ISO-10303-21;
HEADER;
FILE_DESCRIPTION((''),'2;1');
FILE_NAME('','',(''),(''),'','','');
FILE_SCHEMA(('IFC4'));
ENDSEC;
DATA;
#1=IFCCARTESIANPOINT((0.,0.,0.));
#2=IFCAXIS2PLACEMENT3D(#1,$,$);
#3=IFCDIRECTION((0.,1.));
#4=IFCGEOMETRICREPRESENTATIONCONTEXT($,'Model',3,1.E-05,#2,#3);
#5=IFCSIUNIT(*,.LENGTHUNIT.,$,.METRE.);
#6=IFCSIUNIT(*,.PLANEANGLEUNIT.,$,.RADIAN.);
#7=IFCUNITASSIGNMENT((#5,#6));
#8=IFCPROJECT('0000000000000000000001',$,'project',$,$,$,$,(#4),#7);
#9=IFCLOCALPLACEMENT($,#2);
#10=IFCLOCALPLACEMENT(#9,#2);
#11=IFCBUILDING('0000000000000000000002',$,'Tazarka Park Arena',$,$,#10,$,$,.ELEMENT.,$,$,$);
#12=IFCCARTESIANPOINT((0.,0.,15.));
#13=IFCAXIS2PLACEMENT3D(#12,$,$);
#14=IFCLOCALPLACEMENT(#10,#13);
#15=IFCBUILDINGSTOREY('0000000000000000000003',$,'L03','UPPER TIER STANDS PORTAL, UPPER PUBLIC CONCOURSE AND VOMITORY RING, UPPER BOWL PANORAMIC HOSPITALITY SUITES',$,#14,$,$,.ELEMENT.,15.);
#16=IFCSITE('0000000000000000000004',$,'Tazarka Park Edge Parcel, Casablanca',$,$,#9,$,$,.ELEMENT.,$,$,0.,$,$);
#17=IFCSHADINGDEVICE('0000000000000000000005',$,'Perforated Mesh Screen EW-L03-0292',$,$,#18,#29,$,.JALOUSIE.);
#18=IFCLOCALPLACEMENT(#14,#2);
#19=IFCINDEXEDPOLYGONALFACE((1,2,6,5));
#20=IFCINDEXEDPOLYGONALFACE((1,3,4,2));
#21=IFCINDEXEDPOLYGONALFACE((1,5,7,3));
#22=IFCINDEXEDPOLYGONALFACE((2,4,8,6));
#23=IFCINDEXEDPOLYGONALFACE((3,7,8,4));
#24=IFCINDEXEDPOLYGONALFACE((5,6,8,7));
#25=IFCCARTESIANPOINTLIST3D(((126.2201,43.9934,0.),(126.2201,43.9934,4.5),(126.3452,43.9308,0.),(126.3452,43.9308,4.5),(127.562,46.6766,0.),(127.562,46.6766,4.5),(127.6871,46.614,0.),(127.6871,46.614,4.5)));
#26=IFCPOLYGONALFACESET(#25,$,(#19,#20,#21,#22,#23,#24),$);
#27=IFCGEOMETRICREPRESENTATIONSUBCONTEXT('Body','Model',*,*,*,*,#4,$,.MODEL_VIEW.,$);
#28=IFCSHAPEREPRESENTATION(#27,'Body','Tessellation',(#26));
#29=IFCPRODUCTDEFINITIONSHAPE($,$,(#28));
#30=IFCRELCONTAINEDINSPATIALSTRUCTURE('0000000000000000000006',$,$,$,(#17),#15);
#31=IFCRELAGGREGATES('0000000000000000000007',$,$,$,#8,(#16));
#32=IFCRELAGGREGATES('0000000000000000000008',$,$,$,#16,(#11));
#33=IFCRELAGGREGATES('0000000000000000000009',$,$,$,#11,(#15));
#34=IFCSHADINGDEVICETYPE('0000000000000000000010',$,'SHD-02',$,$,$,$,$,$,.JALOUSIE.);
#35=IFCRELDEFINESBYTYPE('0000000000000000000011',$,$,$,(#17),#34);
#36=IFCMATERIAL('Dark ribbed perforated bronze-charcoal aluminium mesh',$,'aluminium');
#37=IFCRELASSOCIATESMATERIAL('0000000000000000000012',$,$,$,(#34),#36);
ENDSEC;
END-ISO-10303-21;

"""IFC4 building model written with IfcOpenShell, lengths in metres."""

from ifc_helpers import new_model, si_unit, direction, frame, origin, origin_2d, place, context, subcontext, project, spatial, rectangle, extrude, material, type_object, element, save


model = new_model("IFC4")

# Units and contexts
model_context = context("Model", 3, precision=1e-05, world=origin(), true_north=direction((0.0, 1.0)))
body_context = subcontext(model_context, "Body", "Model", "MODEL_VIEW")
ifc_project = project(units=[si_unit("LENGTHUNIT", "METRE"), si_unit("PLANEANGLEUNIT", "RADIAN")], contexts=[model_context])

# Site, building, storey
site_placement = place(None, origin())
site = spatial("IfcSite", under=ifc_project, at=site_placement, Name="Tazarka Park Edge Parcel, Casablanca", CompositionType="ELEMENT", RefElevation=0.0)
building_placement = place(site_placement, origin())
building = spatial("IfcBuilding", under=site, at=building_placement, Name="Tazarka Park Arena", CompositionType="ELEMENT")
storey_placement = place(building_placement, frame((0.0, 0.0, 15.0)))
storey = spatial("IfcBuildingStorey", under=building, at=storey_placement, Name="L03", Description="UPPER TIER STANDS PORTAL, UPPER PUBLIC CONCOURSE AND VOMITORY RING, UPPER BOWL PANORAMIC HOSPITALITY SUITES", CompositionType="ELEMENT", Elevation=15.0)

# Shading device
ifc_material_1 = material(Name="Dark ribbed perforated bronze-charcoal aluminium mesh", Category="aluminium")
shading_device_type = type_object("IfcShadingDeviceType", Name="SHD-02", PredefinedType="JALOUSIE", material=ifc_material_1)
shading_device_placement = place(storey_placement, frame((126.9536, 45.3037, 0.0), z_axis=(0.0, 0.0, 1.0), x_axis=(-0.447291, -0.894389, 0.0)))
element("IfcShadingDevice", 1, at=shading_device_placement, inside=storey, type_object=shading_device_type, Name="Perforated Mesh Screen EW-L03-0292", PredefinedType="JALOUSIE", context=body_context, shape_type="SweptSolid", body=[
    extrude(rectangle(XDim=3.0, YDim=0.1399, at=origin_2d()), origin(), (0.0, 0.0, 1.0), 4.5),
])

save(model, "model.ifc")
